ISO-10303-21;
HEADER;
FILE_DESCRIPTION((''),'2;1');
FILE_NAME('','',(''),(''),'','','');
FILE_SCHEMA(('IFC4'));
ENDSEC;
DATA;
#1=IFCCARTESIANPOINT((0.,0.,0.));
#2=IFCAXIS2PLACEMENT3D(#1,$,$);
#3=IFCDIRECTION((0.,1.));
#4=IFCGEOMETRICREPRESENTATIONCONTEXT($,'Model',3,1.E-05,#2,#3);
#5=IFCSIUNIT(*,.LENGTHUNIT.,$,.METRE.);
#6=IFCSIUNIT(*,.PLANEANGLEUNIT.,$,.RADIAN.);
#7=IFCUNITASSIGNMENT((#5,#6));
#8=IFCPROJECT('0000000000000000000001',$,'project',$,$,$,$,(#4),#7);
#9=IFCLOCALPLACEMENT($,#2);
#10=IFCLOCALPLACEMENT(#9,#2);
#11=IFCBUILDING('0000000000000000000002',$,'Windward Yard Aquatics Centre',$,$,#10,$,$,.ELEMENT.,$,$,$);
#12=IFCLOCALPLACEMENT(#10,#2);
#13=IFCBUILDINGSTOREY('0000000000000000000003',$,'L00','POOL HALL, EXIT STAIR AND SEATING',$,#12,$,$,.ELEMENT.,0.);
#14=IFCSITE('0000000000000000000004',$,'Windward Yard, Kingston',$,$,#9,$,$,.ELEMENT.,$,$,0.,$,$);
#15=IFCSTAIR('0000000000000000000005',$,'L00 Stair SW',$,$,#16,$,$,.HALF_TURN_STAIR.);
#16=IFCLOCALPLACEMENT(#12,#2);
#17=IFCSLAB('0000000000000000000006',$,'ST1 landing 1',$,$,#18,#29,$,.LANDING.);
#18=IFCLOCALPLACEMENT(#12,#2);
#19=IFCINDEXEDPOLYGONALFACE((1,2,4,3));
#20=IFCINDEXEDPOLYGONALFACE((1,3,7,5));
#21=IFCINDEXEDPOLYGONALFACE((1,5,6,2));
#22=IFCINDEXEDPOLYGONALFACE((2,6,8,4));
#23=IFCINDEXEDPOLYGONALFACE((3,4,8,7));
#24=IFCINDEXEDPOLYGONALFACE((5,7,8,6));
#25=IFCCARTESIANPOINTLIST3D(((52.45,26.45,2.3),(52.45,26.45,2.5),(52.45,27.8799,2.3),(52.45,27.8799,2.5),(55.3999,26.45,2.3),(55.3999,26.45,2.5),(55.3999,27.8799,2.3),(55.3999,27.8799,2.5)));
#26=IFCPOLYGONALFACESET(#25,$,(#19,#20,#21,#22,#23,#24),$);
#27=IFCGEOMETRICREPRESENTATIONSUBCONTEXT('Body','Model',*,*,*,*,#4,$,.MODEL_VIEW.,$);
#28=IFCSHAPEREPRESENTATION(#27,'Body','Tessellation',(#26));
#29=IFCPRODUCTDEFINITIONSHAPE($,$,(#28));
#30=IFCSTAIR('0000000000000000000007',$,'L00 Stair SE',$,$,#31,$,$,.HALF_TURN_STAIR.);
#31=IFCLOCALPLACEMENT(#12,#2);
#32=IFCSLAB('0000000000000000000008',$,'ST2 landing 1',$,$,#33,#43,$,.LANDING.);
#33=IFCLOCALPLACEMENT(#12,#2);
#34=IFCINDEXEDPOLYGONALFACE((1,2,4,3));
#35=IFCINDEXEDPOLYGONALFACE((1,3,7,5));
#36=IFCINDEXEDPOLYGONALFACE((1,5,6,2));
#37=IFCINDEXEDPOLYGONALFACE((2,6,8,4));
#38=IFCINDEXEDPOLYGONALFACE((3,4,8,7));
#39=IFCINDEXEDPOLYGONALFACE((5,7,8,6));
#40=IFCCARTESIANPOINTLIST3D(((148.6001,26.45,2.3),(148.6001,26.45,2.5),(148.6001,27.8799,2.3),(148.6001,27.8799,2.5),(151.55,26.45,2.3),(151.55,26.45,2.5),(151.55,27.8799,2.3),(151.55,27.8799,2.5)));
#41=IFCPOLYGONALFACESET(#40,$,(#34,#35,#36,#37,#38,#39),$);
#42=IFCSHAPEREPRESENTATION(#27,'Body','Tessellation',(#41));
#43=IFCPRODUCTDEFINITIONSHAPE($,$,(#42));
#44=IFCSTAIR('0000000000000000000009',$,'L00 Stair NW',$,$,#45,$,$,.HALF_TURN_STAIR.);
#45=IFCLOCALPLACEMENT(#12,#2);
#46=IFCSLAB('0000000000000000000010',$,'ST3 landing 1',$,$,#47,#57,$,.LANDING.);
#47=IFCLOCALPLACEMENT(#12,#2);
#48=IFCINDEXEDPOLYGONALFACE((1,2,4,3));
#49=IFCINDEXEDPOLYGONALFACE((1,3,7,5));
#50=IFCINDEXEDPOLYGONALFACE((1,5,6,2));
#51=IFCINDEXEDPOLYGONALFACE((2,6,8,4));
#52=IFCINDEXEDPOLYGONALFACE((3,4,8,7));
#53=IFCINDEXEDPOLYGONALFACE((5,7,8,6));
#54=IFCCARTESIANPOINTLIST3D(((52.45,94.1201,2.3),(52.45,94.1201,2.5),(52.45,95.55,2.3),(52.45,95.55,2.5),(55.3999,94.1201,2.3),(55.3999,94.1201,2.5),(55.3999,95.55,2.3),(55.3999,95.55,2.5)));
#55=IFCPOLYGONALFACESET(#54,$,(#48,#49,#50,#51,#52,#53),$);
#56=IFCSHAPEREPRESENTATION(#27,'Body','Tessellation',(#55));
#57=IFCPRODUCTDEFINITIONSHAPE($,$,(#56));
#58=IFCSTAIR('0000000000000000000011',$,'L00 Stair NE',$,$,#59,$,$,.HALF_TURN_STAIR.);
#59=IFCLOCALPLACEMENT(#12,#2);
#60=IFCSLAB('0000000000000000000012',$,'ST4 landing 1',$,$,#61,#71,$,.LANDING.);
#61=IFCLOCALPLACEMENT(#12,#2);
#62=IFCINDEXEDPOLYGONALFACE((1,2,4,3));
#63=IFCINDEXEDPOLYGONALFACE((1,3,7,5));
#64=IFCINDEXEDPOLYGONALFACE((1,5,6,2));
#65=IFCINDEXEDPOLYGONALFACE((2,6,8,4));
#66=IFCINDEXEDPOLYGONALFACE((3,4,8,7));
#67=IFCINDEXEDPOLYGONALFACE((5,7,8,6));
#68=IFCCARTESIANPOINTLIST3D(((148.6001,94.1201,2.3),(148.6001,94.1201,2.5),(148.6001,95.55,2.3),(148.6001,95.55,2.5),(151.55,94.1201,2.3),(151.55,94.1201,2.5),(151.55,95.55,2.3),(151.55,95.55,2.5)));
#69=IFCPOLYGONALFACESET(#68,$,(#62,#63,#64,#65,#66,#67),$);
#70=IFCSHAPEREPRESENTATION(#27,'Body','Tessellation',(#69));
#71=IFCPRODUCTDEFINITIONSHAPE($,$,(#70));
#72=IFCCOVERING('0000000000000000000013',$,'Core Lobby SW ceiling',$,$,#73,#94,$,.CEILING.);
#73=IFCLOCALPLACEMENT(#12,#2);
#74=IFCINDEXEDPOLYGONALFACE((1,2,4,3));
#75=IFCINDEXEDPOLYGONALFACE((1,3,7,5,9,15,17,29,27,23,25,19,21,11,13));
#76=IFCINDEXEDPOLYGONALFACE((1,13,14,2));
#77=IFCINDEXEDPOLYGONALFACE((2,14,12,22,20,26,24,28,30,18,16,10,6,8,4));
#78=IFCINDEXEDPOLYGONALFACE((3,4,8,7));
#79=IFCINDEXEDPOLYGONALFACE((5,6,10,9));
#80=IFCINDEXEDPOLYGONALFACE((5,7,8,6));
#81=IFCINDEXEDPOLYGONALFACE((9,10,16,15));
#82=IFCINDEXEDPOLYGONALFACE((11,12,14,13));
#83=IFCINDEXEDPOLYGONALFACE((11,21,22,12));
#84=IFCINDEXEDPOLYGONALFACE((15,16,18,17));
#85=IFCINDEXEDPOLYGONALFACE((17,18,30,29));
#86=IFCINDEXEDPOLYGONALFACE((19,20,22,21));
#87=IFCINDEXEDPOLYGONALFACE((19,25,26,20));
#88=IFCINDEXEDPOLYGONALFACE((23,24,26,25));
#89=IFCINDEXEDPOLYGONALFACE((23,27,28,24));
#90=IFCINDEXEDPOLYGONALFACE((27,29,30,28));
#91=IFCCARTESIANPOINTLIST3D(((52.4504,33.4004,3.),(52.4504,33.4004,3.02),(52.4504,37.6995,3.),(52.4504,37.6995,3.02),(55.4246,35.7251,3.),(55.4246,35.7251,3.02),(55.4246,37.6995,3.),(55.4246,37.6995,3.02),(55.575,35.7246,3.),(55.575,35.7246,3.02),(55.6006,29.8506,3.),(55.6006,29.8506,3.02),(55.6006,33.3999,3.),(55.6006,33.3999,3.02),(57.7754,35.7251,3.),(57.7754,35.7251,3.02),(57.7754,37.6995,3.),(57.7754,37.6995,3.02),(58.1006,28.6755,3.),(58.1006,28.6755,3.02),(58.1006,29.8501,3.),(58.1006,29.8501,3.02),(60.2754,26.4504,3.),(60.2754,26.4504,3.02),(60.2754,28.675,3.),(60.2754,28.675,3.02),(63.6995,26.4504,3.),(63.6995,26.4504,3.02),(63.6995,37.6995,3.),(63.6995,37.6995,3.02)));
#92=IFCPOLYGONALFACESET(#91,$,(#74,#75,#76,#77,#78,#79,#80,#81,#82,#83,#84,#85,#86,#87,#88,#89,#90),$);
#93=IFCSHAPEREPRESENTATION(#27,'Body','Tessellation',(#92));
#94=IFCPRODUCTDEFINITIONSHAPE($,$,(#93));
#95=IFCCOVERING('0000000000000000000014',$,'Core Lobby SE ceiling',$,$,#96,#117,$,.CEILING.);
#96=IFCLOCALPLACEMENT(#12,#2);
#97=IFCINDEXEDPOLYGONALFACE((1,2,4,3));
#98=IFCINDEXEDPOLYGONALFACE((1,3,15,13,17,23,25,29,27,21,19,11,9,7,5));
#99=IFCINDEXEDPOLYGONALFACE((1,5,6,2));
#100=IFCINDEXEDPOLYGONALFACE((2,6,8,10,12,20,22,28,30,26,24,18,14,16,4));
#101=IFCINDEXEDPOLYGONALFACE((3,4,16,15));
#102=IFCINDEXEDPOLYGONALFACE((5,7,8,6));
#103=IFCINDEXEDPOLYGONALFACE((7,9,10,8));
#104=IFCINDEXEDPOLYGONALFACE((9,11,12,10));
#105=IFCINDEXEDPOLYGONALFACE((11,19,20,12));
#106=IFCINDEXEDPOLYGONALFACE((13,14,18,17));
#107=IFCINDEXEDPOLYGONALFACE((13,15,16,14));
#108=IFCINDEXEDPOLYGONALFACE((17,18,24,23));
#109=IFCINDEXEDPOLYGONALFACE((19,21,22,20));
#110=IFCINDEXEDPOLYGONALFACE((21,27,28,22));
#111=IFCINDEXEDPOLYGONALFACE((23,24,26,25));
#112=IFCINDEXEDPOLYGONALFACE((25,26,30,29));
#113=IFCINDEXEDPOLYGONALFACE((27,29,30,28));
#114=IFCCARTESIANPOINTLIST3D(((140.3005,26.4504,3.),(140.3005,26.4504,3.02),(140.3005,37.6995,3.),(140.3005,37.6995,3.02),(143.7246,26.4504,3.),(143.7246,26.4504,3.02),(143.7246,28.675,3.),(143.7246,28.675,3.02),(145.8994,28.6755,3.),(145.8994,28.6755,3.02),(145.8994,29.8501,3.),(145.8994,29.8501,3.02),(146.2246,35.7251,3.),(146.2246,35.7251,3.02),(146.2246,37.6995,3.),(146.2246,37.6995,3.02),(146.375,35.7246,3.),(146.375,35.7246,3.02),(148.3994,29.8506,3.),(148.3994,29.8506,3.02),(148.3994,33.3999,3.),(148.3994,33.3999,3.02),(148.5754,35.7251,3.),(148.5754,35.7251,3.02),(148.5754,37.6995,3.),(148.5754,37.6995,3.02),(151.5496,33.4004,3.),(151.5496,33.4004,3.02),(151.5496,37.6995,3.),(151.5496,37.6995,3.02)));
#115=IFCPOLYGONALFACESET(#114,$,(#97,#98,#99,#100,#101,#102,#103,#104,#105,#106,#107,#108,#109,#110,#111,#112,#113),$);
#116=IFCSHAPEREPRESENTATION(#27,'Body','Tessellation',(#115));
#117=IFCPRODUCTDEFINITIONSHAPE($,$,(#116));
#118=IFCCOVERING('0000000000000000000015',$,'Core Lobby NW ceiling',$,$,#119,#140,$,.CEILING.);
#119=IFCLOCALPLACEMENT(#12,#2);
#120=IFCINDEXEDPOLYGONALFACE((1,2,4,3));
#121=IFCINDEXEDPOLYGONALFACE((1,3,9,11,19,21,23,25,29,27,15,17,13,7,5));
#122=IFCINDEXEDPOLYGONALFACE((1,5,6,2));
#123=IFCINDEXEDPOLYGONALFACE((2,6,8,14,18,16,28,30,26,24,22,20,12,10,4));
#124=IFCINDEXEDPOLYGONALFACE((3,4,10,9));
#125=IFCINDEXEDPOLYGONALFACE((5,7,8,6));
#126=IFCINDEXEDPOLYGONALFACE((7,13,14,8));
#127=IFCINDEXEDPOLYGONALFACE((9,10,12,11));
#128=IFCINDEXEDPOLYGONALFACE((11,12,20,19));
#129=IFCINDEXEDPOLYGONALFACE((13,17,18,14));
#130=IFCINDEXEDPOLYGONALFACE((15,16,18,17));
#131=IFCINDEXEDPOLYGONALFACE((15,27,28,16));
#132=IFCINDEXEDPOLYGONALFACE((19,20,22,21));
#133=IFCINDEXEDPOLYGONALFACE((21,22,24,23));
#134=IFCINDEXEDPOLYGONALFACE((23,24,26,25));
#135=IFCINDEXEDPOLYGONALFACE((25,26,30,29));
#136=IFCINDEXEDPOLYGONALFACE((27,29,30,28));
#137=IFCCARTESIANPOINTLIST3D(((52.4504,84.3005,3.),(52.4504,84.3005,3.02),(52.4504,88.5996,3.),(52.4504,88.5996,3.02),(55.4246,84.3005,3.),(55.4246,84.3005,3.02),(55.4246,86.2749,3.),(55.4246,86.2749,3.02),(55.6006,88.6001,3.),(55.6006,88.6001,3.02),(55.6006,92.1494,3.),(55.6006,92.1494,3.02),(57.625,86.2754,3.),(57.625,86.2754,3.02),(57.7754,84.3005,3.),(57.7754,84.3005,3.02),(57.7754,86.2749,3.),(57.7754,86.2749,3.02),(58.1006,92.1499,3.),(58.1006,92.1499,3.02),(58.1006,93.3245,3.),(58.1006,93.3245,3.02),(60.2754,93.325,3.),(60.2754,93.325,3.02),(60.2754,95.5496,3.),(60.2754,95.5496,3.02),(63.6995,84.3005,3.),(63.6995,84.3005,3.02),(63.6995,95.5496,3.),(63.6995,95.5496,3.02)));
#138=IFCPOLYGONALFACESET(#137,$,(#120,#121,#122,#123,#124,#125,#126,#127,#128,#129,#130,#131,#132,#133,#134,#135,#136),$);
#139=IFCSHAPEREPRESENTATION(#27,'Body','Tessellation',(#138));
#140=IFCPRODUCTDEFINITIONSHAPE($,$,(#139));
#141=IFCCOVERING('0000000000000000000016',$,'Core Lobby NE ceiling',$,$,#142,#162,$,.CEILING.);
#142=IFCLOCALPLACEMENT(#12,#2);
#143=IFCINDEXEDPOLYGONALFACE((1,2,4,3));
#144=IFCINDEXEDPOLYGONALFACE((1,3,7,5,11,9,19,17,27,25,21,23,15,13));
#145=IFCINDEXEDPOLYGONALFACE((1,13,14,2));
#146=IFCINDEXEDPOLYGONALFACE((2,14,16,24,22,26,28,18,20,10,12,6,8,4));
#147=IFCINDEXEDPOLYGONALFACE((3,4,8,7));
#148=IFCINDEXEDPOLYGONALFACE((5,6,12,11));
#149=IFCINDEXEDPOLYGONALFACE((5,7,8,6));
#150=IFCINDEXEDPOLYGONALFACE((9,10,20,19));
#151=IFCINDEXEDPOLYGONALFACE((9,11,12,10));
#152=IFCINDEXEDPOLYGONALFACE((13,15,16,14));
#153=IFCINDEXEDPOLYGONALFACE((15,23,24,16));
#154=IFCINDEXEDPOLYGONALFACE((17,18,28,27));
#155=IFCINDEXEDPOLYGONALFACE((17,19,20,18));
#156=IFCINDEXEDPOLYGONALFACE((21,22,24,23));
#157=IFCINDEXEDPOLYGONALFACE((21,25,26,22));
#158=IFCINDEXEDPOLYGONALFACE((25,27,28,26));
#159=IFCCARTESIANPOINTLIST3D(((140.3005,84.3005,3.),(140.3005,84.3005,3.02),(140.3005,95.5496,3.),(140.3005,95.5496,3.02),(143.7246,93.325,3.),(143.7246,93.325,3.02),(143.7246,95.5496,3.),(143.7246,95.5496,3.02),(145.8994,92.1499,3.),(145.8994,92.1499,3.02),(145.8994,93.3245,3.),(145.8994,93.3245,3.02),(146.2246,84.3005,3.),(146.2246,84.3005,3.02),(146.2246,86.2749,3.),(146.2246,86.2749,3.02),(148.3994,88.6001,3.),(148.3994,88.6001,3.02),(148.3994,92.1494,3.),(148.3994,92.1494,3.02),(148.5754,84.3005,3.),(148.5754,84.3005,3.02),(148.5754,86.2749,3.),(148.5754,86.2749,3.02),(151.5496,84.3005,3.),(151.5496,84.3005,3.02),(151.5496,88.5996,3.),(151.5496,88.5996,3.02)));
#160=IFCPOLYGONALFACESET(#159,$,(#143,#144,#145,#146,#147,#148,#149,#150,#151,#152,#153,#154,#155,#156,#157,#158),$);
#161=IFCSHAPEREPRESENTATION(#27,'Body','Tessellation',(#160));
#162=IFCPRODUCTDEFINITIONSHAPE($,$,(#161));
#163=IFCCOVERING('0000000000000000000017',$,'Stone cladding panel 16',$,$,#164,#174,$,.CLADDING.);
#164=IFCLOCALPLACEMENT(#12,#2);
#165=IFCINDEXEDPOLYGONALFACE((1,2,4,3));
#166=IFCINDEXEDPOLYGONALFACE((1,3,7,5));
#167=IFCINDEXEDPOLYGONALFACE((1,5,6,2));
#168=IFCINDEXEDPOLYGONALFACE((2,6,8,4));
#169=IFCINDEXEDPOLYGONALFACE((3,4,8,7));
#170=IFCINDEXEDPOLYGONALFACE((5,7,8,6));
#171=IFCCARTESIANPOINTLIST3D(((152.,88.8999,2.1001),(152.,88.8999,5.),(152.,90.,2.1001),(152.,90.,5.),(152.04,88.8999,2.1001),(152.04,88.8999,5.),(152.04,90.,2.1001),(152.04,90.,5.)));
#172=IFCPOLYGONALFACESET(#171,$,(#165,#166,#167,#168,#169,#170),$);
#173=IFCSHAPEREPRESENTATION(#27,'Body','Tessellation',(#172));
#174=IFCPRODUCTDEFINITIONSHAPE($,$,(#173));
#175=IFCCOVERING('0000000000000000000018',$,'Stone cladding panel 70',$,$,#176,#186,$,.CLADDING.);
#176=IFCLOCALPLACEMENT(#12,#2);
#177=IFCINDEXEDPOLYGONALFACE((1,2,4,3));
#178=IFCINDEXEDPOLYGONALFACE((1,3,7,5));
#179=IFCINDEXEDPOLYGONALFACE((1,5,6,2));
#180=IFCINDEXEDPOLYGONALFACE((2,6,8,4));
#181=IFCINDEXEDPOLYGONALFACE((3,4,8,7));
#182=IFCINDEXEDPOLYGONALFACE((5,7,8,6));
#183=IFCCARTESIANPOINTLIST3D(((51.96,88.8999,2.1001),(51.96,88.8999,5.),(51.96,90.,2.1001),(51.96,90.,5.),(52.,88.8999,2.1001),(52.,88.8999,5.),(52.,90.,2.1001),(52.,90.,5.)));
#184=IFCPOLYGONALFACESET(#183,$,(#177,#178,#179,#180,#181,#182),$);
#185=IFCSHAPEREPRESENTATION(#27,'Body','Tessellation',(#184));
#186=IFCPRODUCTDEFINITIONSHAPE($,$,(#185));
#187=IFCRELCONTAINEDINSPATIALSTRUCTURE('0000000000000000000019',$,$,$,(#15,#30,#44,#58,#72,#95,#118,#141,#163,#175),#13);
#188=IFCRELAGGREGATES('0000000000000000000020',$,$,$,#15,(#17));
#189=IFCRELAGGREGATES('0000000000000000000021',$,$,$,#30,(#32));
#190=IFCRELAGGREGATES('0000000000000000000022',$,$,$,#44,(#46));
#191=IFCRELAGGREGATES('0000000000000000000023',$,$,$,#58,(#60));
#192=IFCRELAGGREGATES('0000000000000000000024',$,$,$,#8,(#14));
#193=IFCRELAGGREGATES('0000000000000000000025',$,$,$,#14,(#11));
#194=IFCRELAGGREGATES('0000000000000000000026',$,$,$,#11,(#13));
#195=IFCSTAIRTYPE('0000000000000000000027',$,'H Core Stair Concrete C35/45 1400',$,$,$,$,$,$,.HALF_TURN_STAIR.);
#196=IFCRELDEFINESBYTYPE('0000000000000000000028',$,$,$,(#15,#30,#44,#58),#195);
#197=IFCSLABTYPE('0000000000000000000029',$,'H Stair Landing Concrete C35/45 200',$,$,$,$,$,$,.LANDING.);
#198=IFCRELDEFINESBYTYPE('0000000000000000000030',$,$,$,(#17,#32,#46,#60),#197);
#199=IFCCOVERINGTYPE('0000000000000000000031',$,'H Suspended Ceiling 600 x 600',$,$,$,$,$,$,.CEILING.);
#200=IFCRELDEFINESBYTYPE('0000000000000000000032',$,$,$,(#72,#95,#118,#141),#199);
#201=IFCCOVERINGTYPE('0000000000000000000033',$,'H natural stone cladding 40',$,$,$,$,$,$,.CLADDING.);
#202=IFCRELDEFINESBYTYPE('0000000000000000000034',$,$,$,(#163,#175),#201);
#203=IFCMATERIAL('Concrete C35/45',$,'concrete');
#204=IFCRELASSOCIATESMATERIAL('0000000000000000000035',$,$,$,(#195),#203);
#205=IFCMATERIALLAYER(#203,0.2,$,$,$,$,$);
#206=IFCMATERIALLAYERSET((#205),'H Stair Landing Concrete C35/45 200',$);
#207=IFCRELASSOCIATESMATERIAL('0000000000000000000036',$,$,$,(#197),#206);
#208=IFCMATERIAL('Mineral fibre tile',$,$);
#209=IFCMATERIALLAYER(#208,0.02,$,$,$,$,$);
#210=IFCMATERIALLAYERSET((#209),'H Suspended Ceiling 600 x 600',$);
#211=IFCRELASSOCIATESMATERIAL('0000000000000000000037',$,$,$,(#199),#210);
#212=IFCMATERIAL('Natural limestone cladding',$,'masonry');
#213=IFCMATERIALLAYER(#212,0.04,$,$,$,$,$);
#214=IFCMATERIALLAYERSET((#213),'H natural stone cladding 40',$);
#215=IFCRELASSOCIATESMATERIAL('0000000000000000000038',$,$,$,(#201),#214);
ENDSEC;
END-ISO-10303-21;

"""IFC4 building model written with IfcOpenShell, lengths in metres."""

from ifc_helpers import new_model, si_unit, direction, frame, origin, place, context, subcontext, project, spatial, polyline, outline, extrude, material, layer, layer_set, type_object, element, aggregate, save


model = new_model("IFC4")

# Units and contexts
model_context = context("Model", 3, precision=1e-05, world=origin(), true_north=direction((0.0, 1.0)))
body_context = subcontext(model_context, "Body", "Model", "MODEL_VIEW")
ifc_project = project(units=[si_unit("LENGTHUNIT", "METRE"), si_unit("PLANEANGLEUNIT", "RADIAN")], contexts=[model_context])

# Site, building, storey
site_placement = place(None, origin())
site = spatial("IfcSite", under=ifc_project, at=site_placement, Name="Windward Yard, Kingston", CompositionType="ELEMENT", RefElevation=0.0)
building_placement = place(site_placement, origin())
building = spatial("IfcBuilding", under=site, at=building_placement, Name="Windward Yard Aquatics Centre", CompositionType="ELEMENT")
storey_placement = place(building_placement, origin())
storey = spatial("IfcBuildingStorey", under=building, at=storey_placement, Name="L00", Description="POOL HALL, EXIT STAIR AND SEATING", CompositionType="ELEMENT", Elevation=0.0)

# Stairs, slabs
ifc_material_1 = material(Name="Concrete C35/45", Category="concrete")
stair_type = type_object("IfcStairType", Name="H Core Stair Concrete C35/45 1400", PredefinedType="HALF_TURN_STAIR", material=ifc_material_1)
stair_1_placement = place(storey_placement, origin())
stair_1 = element("IfcStair", 1, at=stair_1_placement, inside=storey, type_object=stair_type, Name="L00 Stair SW", PredefinedType="HALF_TURN_STAIR")
ifc_layer_1 = layer(ifc_material_1, 0.2)
ifc_layer_set_1 = layer_set([ifc_layer_1], Name="H Stair Landing Concrete C35/45 200")
slab_type = type_object("IfcSlabType", Name="H Stair Landing Concrete C35/45 200", PredefinedType="LANDING", material=ifc_layer_set_1)
slab_1_placement = place(storey_placement, frame((0.0, 0.0, 2.3)))
slab_1 = element("IfcSlab", 2, at=slab_1_placement, type_object=slab_type, Name="ST1 landing 1", PredefinedType="LANDING", context=body_context, shape_type="SweptSolid", body=[
    extrude(outline(polyline([(52.45, 26.45), (55.3999, 26.45), (55.3999, 27.8799), (52.45, 27.8799), (52.45, 26.45)])), origin(), (0.0, 0.0, 1.0), 0.2),
])
aggregate(stair_1, [slab_1])
stair_2_placement = place(storey_placement, origin())
stair_2 = element("IfcStair", 3, at=stair_2_placement, inside=storey, type_object=stair_type, Name="L00 Stair SE", PredefinedType="HALF_TURN_STAIR")
slab_2_placement = place(storey_placement, frame((0.0, 0.0, 2.3)))
slab_2 = element("IfcSlab", 4, at=slab_2_placement, type_object=slab_type, Name="ST2 landing 1", PredefinedType="LANDING", context=body_context, shape_type="SweptSolid", body=[
    extrude(outline(polyline([(148.6001, 26.45), (151.55, 26.45), (151.55, 27.8799), (148.6001, 27.8799), (148.6001, 26.45)])), origin(), (0.0, 0.0, 1.0), 0.2),
])
aggregate(stair_2, [slab_2])
stair_3_placement = place(storey_placement, origin())
stair_3 = element("IfcStair", 5, at=stair_3_placement, inside=storey, type_object=stair_type, Name="L00 Stair NW", PredefinedType="HALF_TURN_STAIR")
slab_3_placement = place(storey_placement, frame((0.0, 0.0, 2.3)))
slab_3 = element("IfcSlab", 6, at=slab_3_placement, type_object=slab_type, Name="ST3 landing 1", PredefinedType="LANDING", context=body_context, shape_type="SweptSolid", body=[
    extrude(outline(polyline([(52.45, 94.1201), (55.3999, 94.1201), (55.3999, 95.55), (52.45, 95.55), (52.45, 94.1201)])), origin(), (0.0, 0.0, 1.0), 0.2),
])
aggregate(stair_3, [slab_3])
stair_4_placement = place(storey_placement, origin())
stair_4 = element("IfcStair", 7, at=stair_4_placement, inside=storey, type_object=stair_type, Name="L00 Stair NE", PredefinedType="HALF_TURN_STAIR")
slab_4_placement = place(storey_placement, frame((0.0, 0.0, 2.3)))
slab_4 = element("IfcSlab", 8, at=slab_4_placement, type_object=slab_type, Name="ST4 landing 1", PredefinedType="LANDING", context=body_context, shape_type="SweptSolid", body=[
    extrude(outline(polyline([(148.6001, 94.1201), (151.55, 94.1201), (151.55, 95.55), (148.6001, 95.55), (148.6001, 94.1201)])), origin(), (0.0, 0.0, 1.0), 0.2),
])
aggregate(stair_4, [slab_4])

# Coverings
ifc_material_2 = material(Name="Mineral fibre tile")
ifc_layer_2 = layer(ifc_material_2, 0.02)
ifc_layer_set_2 = layer_set([ifc_layer_2], Name="H Suspended Ceiling 600 x 600")
covering_type_1 = type_object("IfcCoveringType", Name="H Suspended Ceiling 600 x 600", PredefinedType="CEILING", material=ifc_layer_set_2)
covering_1_placement = place(storey_placement, frame((0.0, 0.0, 3.0)))
element("IfcCovering", 9, at=covering_1_placement, inside=storey, type_object=covering_type_1, Name="Core Lobby SW ceiling", PredefinedType="CEILING", context=body_context, shape_type="SweptSolid", body=[
    extrude(outline(polyline([(52.4504, 33.4004), (52.4504, 37.6995), (55.4246, 37.6995), (55.4246, 35.7251), (55.575, 35.7246), (57.7754, 35.7251), (57.7754, 37.6995), (63.6995, 37.6995), (63.6995, 26.4504), (60.2754, 26.4504), (60.2754, 28.675), (58.1006, 28.6755), (58.1006, 29.8501), (55.6006, 29.8506), (55.6006, 33.3999), (52.4504, 33.4004)])), origin(), (0.0, 0.0, 1.0), 0.02),
])
covering_2_placement = place(storey_placement, frame((0.0, 0.0, 3.0)))
element("IfcCovering", 10, at=covering_2_placement, inside=storey, type_object=covering_type_1, Name="Core Lobby SE ceiling", PredefinedType="CEILING", context=body_context, shape_type="SweptSolid", body=[
    extrude(outline(polyline([(140.3005, 26.4504), (140.3005, 37.6995), (146.2246, 37.6995), (146.2246, 35.7251), (146.375, 35.7246), (148.5754, 35.7251), (148.5754, 37.6995), (151.5496, 37.6995), (151.5496, 33.4004), (148.3994, 33.3999), (148.3994, 29.8506), (145.8994, 29.8501), (145.8994, 28.6755), (143.7246, 28.675), (143.7246, 26.4504), (140.3005, 26.4504)])), origin(), (0.0, 0.0, 1.0), 0.02),
])
covering_3_placement = place(storey_placement, frame((0.0, 0.0, 3.0)))
element("IfcCovering", 11, at=covering_3_placement, inside=storey, type_object=covering_type_1, Name="Core Lobby NW ceiling", PredefinedType="CEILING", context=body_context, shape_type="SweptSolid", body=[
    extrude(outline(polyline([(52.4504, 84.3005), (52.4504, 88.5996), (55.6006, 88.6001), (55.6006, 92.1494), (58.1006, 92.1499), (58.1006, 93.3245), (60.2754, 93.325), (60.2754, 95.5496), (63.6995, 95.5496), (63.6995, 84.3005), (57.7754, 84.3005), (57.7754, 86.2749), (57.625, 86.2754), (55.4246, 86.2749), (55.4246, 84.3005), (52.4504, 84.3005)])), origin(), (0.0, 0.0, 1.0), 0.02),
])
covering_4_placement = place(storey_placement, frame((0.0, 0.0, 3.0)))
element("IfcCovering", 12, at=covering_4_placement, inside=storey, type_object=covering_type_1, Name="Core Lobby NE ceiling", PredefinedType="CEILING", context=body_context, shape_type="SweptSolid", body=[
    extrude(outline(polyline([(140.3005, 84.3005), (140.3005, 95.5496), (143.7246, 95.5496), (143.7246, 93.325), (145.8994, 93.3245), (145.8994, 92.1499), (148.3994, 92.1494), (148.3994, 88.6001), (151.5496, 88.5996), (151.5496, 84.3005), (148.5754, 84.3005), (148.5754, 86.2749), (146.2246, 86.2749), (146.2246, 84.3005), (140.3005, 84.3005)])), origin(), (0.0, 0.0, 1.0), 0.02),
])
ifc_material_3 = material(Name="Natural limestone cladding", Category="masonry")
ifc_layer_3 = layer(ifc_material_3, 0.04)
ifc_layer_set_3 = layer_set([ifc_layer_3], Name="H natural stone cladding 40")
covering_type_2 = type_object("IfcCoveringType", Name="H natural stone cladding 40", PredefinedType="CLADDING", material=ifc_layer_set_3)
covering_5_placement = place(storey_placement, frame((0.0, 0.0, 2.1001)))
element("IfcCovering", 13, at=covering_5_placement, inside=storey, type_object=covering_type_2, Name="Stone cladding panel 16", PredefinedType="CLADDING", context=body_context, shape_type="SweptSolid", body=[
    extrude(outline(polyline([(152.0, 88.8999), (152.04, 88.8999), (152.04, 90.0), (152.0, 90.0), (152.0, 88.8999)])), origin(), (0.0, 0.0, 1.0), 2.8999),
])
covering_6_placement = place(storey_placement, frame((0.0, 0.0, 2.1001)))
element("IfcCovering", 14, at=covering_6_placement, inside=storey, type_object=covering_type_2, Name="Stone cladding panel 70", PredefinedType="CLADDING", context=body_context, shape_type="SweptSolid", body=[
    extrude(outline(polyline([(51.96, 88.8999), (51.96, 90.0), (52.0, 90.0), (52.0, 88.8999), (51.96, 88.8999)])), origin(), (0.0, 0.0, 1.0), 2.8999),
])

save(model, "model.ifc")
